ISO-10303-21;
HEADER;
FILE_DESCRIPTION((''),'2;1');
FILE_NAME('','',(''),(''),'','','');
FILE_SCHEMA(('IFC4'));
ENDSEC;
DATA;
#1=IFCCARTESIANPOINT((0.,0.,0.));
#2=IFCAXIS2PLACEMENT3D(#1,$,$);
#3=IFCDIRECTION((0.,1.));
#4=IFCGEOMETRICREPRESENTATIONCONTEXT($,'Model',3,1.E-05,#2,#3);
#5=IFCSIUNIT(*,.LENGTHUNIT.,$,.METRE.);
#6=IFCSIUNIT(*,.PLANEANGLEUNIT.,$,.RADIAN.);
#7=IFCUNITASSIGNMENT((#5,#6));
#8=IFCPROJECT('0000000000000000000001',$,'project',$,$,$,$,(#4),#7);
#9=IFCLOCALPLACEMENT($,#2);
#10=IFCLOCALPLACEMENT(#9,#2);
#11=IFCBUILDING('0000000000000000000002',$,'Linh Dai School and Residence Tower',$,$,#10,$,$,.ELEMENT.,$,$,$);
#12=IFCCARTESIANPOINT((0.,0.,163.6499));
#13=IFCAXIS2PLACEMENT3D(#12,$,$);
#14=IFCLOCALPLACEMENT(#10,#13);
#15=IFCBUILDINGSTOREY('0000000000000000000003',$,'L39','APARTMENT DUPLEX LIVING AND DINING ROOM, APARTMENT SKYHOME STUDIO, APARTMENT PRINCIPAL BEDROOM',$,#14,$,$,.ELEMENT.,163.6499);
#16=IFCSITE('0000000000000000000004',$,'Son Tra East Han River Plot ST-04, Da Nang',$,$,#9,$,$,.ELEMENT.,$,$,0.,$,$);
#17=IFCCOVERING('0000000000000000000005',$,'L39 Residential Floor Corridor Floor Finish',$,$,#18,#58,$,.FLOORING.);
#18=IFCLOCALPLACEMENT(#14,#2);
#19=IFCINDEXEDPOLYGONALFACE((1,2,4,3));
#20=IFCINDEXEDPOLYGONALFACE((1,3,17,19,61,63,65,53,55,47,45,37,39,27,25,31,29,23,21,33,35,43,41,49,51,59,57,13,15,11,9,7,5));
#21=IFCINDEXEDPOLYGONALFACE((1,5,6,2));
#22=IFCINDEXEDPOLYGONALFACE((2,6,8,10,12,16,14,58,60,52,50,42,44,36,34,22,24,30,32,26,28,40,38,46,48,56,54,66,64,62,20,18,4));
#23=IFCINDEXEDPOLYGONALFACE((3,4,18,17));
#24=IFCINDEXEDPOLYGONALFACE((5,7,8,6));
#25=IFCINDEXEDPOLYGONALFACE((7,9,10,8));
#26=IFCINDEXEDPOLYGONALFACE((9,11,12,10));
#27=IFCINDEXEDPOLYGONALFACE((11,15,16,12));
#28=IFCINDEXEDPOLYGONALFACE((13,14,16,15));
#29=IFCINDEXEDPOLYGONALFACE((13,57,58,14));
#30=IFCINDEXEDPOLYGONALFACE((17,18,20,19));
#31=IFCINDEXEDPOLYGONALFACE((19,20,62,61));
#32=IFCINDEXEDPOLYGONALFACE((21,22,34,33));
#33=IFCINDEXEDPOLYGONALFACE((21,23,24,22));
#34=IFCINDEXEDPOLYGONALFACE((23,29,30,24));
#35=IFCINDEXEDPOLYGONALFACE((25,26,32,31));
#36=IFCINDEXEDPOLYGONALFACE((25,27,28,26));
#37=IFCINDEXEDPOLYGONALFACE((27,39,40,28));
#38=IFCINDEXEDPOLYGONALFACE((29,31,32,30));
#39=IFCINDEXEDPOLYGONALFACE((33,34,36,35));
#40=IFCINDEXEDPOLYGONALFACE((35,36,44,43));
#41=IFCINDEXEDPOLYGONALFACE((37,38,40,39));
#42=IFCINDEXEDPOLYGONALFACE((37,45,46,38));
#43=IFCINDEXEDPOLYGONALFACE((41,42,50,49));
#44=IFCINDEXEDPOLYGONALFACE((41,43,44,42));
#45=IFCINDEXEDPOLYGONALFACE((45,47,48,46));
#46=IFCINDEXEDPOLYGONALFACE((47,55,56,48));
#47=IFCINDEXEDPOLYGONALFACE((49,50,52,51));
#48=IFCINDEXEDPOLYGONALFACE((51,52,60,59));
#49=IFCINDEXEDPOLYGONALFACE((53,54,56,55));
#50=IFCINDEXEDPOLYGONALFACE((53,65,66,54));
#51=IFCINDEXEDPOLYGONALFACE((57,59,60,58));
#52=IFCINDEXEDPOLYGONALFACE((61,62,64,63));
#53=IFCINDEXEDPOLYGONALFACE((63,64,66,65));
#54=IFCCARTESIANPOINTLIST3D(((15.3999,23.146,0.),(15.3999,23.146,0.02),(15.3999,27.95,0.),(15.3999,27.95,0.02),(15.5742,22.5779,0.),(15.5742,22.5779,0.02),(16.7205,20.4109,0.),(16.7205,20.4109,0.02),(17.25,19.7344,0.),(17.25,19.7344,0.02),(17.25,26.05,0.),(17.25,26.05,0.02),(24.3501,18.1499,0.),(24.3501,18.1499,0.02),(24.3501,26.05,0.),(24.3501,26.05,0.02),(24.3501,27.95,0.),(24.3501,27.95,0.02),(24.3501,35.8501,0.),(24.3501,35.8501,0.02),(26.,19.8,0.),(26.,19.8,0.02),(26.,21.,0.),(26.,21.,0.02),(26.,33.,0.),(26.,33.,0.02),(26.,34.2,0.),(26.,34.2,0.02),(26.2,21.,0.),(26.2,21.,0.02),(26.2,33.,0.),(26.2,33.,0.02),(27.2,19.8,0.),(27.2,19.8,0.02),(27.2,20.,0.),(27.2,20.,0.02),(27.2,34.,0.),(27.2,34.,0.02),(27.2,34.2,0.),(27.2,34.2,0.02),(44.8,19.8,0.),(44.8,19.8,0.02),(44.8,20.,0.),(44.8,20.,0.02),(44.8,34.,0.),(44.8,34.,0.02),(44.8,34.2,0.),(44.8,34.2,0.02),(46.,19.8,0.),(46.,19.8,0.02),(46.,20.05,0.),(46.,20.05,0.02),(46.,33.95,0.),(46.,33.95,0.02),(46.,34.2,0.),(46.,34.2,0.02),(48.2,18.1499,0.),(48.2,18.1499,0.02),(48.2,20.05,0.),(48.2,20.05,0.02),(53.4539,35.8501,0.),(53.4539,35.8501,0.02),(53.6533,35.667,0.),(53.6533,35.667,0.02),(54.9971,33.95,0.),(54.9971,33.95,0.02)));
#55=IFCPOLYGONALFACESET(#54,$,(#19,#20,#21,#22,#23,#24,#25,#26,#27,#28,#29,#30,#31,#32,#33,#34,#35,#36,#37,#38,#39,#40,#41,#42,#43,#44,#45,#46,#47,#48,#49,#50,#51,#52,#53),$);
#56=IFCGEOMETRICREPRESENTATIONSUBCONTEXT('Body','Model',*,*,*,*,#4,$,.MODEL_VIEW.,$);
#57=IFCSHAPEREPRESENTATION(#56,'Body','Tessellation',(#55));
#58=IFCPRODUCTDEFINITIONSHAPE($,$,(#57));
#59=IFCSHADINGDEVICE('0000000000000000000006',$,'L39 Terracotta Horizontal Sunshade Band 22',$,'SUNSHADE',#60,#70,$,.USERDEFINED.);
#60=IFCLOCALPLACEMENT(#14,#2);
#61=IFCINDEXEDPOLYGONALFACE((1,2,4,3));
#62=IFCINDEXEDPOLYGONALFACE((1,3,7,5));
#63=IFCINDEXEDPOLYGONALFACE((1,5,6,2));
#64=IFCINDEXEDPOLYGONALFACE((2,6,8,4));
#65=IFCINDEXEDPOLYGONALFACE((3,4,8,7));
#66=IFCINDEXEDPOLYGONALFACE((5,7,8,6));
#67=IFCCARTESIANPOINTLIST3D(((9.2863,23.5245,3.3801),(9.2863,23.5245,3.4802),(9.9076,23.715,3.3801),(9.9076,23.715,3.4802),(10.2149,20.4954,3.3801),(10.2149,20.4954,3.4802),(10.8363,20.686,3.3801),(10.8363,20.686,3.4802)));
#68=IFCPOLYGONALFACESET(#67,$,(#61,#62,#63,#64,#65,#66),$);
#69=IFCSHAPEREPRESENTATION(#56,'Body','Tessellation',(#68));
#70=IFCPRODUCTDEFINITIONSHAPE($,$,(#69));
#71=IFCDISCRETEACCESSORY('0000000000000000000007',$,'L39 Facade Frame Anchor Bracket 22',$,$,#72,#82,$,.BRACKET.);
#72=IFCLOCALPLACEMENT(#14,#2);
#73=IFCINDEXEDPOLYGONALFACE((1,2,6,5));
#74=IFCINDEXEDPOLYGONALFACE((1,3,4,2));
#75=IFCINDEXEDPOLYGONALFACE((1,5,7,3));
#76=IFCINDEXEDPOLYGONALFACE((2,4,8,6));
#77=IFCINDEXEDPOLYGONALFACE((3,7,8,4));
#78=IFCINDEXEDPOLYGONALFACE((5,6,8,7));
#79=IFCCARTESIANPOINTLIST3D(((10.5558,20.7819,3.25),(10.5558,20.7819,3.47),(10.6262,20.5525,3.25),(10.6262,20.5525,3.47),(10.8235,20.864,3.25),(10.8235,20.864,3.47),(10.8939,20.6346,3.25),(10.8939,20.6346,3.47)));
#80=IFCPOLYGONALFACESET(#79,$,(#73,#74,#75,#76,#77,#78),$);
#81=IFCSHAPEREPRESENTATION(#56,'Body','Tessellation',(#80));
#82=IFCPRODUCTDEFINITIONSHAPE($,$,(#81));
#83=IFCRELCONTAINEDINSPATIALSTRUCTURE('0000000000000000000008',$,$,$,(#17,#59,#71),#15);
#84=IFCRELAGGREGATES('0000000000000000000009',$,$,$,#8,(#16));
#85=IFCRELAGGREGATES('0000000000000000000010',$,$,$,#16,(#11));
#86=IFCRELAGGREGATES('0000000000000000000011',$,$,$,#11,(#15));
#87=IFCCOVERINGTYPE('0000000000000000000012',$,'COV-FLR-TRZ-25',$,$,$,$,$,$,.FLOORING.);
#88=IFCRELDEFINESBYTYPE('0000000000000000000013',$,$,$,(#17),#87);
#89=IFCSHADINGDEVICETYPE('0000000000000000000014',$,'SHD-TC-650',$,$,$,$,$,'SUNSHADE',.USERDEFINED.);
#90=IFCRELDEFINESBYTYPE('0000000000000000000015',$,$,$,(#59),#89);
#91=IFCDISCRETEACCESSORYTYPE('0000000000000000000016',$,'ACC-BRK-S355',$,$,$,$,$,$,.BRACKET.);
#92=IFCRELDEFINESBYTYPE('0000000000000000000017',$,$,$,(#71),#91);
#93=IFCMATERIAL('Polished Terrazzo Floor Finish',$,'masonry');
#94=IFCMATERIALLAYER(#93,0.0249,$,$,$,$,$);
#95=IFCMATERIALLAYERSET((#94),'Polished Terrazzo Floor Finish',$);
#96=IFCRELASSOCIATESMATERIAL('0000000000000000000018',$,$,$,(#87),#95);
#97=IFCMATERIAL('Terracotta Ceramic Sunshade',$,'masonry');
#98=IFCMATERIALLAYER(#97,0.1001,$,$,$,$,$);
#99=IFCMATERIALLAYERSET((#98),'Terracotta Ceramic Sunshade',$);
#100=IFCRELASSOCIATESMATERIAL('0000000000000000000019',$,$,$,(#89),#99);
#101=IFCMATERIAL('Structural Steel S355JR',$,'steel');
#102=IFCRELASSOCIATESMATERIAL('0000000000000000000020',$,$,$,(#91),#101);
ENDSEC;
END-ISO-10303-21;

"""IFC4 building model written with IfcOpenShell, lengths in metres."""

from ifc_helpers import new_model, si_unit, direction, frame, origin, origin_2d, place, context, subcontext, project, spatial, polyline, rectangle, outline, extrude, source, transform, mapped, material, layer, layer_set, type_object, element, save


model = new_model("IFC4")

# Units and contexts
model_context = context("Model", 3, precision=1e-05, world=origin(), true_north=direction((0.0, 1.0)))
body_context = subcontext(model_context, "Body", "Model", "MODEL_VIEW")
ifc_project = project(units=[si_unit("LENGTHUNIT", "METRE"), si_unit("PLANEANGLEUNIT", "RADIAN")], contexts=[model_context])

# Site, building, storey
site_placement = place(None, origin())
site = spatial("IfcSite", under=ifc_project, at=site_placement, Name="Son Tra East Han River Plot ST-04, Da Nang", CompositionType="ELEMENT", RefElevation=0.0)
building_placement = place(site_placement, origin())
building = spatial("IfcBuilding", under=site, at=building_placement, Name="Linh Dai School and Residence Tower", CompositionType="ELEMENT")
storey_placement = place(building_placement, frame((0.0, 0.0, 163.6499)))
storey = spatial("IfcBuildingStorey", under=building, at=storey_placement, Name="L39", Description="APARTMENT DUPLEX LIVING AND DINING ROOM, APARTMENT SKYHOME STUDIO, APARTMENT PRINCIPAL BEDROOM", CompositionType="ELEMENT", Elevation=163.6499)

# Shared definitions
ifc_material_1 = material(Name="Structural Steel S355JR", Category="steel")

# Covering
ifc_material_2 = material(Name="Polished Terrazzo Floor Finish", Category="masonry")
ifc_layer_1 = layer(ifc_material_2, 0.0249)
ifc_layer_set_1 = layer_set([ifc_layer_1], Name="Polished Terrazzo Floor Finish")
covering_type_1 = type_object("IfcCoveringType", Name="COV-FLR-TRZ-25", PredefinedType="FLOORING", material=ifc_layer_set_1)
covering_1_placement = place(storey_placement, origin())
element("IfcCovering", 1, at=covering_1_placement, inside=storey, type_object=covering_type_1, Name="L39 Residential Floor Corridor Floor Finish", PredefinedType="FLOORING", context=body_context, shape_type="SweptSolid", body=[
    extrude(outline(polyline([(17.25, 19.7344), (16.7205, 20.4109), (15.5742, 22.5779), (15.3999, 23.146), (15.3999, 27.95), (24.3501, 27.95), (24.3501, 35.8501), (53.4539, 35.8501), (53.6533, 35.667), (54.9971, 33.95), (46.0, 33.95), (46.0, 34.2), (44.8, 34.2), (44.8, 34.0), (27.2, 34.0), (27.2, 34.2), (26.0, 34.2), (26.0, 33.0), (26.2, 33.0), (26.2, 21.0), (26.0, 21.0), (26.0, 19.8), (27.2, 19.8), (27.2, 20.0), (44.8, 20.0), (44.8, 19.8), (46.0, 19.8), (46.0, 20.05), (48.2, 20.05), (48.2, 18.1499), (24.3501, 18.1499), (24.3501, 26.05), (17.25, 26.05), (17.25, 19.7344)])), origin(), (0.0, 0.0, 1.0), 0.02),
])

# Shading device
ifc_material_3 = material(Name="Terracotta Ceramic Sunshade", Category="masonry")
ifc_layer_2 = layer(ifc_material_3, 0.1001)
ifc_layer_set_2 = layer_set([ifc_layer_2], Name="Terracotta Ceramic Sunshade")
shading_device_type = type_object("IfcShadingDeviceType", Name="SHD-TC-650", ElementType="SUNSHADE", PredefinedType="USERDEFINED", material=ifc_layer_set_2)
shared_shape_1 = source(origin(), body_context, "Body", "SweptSolid", [
    extrude(rectangle(XDim=3.1682, YDim=0.6499, at=origin_2d()), origin(), (0.0, 0.0, 1.0), 0.1001),
])
shading_device_placement = place(storey_placement, frame((10.0613, 22.1052, 3.3801), z_axis=(0.0, 0.0, 1.0), x_axis=(-0.293122, 0.956075, 0.0)))
element("IfcShadingDevice", 2, at=shading_device_placement, inside=storey, type_object=shading_device_type, Name="L39 Terracotta Horizontal Sunshade Band 22", ObjectType="SUNSHADE", PredefinedType="USERDEFINED", context=body_context, shape_type="MappedRepresentation", body=[
    mapped(shared_shape_1, transform((0.0, 0.0, 0.0), x_axis=(1.0, 0.0, 0.0), y_axis=(0.0, 1.0, 0.0), z_axis=(0.0, 0.0, 1.0), scale=1.0)),
])

# Discrete accessory
discrete_accessory_type = type_object("IfcDiscreteAccessoryType", Name="ACC-BRK-S355", PredefinedType="BRACKET", material=ifc_material_1)
shared_shape_2 = source(origin(), body_context, "Body", "SweptSolid", [
    extrude(rectangle(XDim=0.28, YDim=0.24, at=origin_2d()), origin(), (0.0, 0.0, 1.0), 0.22),
])
discrete_accessory_placement = place(storey_placement, frame((10.7249, 20.7083, 3.25), z_axis=(0.0, 0.0, 1.0), x_axis=(-0.956075, -0.293122, 0.0)))
element("IfcDiscreteAccessory", 3, at=discrete_accessory_placement, inside=storey, type_object=discrete_accessory_type, Name="L39 Facade Frame Anchor Bracket 22", PredefinedType="BRACKET", context=body_context, shape_type="MappedRepresentation", body=[
    mapped(shared_shape_2, transform((0.0, 0.0, 0.0), x_axis=(1.0, 0.0, 0.0), y_axis=(0.0, 1.0, 0.0), z_axis=(0.0, 0.0, 1.0), scale=1.0)),
])

save(model, "model.ifc")
